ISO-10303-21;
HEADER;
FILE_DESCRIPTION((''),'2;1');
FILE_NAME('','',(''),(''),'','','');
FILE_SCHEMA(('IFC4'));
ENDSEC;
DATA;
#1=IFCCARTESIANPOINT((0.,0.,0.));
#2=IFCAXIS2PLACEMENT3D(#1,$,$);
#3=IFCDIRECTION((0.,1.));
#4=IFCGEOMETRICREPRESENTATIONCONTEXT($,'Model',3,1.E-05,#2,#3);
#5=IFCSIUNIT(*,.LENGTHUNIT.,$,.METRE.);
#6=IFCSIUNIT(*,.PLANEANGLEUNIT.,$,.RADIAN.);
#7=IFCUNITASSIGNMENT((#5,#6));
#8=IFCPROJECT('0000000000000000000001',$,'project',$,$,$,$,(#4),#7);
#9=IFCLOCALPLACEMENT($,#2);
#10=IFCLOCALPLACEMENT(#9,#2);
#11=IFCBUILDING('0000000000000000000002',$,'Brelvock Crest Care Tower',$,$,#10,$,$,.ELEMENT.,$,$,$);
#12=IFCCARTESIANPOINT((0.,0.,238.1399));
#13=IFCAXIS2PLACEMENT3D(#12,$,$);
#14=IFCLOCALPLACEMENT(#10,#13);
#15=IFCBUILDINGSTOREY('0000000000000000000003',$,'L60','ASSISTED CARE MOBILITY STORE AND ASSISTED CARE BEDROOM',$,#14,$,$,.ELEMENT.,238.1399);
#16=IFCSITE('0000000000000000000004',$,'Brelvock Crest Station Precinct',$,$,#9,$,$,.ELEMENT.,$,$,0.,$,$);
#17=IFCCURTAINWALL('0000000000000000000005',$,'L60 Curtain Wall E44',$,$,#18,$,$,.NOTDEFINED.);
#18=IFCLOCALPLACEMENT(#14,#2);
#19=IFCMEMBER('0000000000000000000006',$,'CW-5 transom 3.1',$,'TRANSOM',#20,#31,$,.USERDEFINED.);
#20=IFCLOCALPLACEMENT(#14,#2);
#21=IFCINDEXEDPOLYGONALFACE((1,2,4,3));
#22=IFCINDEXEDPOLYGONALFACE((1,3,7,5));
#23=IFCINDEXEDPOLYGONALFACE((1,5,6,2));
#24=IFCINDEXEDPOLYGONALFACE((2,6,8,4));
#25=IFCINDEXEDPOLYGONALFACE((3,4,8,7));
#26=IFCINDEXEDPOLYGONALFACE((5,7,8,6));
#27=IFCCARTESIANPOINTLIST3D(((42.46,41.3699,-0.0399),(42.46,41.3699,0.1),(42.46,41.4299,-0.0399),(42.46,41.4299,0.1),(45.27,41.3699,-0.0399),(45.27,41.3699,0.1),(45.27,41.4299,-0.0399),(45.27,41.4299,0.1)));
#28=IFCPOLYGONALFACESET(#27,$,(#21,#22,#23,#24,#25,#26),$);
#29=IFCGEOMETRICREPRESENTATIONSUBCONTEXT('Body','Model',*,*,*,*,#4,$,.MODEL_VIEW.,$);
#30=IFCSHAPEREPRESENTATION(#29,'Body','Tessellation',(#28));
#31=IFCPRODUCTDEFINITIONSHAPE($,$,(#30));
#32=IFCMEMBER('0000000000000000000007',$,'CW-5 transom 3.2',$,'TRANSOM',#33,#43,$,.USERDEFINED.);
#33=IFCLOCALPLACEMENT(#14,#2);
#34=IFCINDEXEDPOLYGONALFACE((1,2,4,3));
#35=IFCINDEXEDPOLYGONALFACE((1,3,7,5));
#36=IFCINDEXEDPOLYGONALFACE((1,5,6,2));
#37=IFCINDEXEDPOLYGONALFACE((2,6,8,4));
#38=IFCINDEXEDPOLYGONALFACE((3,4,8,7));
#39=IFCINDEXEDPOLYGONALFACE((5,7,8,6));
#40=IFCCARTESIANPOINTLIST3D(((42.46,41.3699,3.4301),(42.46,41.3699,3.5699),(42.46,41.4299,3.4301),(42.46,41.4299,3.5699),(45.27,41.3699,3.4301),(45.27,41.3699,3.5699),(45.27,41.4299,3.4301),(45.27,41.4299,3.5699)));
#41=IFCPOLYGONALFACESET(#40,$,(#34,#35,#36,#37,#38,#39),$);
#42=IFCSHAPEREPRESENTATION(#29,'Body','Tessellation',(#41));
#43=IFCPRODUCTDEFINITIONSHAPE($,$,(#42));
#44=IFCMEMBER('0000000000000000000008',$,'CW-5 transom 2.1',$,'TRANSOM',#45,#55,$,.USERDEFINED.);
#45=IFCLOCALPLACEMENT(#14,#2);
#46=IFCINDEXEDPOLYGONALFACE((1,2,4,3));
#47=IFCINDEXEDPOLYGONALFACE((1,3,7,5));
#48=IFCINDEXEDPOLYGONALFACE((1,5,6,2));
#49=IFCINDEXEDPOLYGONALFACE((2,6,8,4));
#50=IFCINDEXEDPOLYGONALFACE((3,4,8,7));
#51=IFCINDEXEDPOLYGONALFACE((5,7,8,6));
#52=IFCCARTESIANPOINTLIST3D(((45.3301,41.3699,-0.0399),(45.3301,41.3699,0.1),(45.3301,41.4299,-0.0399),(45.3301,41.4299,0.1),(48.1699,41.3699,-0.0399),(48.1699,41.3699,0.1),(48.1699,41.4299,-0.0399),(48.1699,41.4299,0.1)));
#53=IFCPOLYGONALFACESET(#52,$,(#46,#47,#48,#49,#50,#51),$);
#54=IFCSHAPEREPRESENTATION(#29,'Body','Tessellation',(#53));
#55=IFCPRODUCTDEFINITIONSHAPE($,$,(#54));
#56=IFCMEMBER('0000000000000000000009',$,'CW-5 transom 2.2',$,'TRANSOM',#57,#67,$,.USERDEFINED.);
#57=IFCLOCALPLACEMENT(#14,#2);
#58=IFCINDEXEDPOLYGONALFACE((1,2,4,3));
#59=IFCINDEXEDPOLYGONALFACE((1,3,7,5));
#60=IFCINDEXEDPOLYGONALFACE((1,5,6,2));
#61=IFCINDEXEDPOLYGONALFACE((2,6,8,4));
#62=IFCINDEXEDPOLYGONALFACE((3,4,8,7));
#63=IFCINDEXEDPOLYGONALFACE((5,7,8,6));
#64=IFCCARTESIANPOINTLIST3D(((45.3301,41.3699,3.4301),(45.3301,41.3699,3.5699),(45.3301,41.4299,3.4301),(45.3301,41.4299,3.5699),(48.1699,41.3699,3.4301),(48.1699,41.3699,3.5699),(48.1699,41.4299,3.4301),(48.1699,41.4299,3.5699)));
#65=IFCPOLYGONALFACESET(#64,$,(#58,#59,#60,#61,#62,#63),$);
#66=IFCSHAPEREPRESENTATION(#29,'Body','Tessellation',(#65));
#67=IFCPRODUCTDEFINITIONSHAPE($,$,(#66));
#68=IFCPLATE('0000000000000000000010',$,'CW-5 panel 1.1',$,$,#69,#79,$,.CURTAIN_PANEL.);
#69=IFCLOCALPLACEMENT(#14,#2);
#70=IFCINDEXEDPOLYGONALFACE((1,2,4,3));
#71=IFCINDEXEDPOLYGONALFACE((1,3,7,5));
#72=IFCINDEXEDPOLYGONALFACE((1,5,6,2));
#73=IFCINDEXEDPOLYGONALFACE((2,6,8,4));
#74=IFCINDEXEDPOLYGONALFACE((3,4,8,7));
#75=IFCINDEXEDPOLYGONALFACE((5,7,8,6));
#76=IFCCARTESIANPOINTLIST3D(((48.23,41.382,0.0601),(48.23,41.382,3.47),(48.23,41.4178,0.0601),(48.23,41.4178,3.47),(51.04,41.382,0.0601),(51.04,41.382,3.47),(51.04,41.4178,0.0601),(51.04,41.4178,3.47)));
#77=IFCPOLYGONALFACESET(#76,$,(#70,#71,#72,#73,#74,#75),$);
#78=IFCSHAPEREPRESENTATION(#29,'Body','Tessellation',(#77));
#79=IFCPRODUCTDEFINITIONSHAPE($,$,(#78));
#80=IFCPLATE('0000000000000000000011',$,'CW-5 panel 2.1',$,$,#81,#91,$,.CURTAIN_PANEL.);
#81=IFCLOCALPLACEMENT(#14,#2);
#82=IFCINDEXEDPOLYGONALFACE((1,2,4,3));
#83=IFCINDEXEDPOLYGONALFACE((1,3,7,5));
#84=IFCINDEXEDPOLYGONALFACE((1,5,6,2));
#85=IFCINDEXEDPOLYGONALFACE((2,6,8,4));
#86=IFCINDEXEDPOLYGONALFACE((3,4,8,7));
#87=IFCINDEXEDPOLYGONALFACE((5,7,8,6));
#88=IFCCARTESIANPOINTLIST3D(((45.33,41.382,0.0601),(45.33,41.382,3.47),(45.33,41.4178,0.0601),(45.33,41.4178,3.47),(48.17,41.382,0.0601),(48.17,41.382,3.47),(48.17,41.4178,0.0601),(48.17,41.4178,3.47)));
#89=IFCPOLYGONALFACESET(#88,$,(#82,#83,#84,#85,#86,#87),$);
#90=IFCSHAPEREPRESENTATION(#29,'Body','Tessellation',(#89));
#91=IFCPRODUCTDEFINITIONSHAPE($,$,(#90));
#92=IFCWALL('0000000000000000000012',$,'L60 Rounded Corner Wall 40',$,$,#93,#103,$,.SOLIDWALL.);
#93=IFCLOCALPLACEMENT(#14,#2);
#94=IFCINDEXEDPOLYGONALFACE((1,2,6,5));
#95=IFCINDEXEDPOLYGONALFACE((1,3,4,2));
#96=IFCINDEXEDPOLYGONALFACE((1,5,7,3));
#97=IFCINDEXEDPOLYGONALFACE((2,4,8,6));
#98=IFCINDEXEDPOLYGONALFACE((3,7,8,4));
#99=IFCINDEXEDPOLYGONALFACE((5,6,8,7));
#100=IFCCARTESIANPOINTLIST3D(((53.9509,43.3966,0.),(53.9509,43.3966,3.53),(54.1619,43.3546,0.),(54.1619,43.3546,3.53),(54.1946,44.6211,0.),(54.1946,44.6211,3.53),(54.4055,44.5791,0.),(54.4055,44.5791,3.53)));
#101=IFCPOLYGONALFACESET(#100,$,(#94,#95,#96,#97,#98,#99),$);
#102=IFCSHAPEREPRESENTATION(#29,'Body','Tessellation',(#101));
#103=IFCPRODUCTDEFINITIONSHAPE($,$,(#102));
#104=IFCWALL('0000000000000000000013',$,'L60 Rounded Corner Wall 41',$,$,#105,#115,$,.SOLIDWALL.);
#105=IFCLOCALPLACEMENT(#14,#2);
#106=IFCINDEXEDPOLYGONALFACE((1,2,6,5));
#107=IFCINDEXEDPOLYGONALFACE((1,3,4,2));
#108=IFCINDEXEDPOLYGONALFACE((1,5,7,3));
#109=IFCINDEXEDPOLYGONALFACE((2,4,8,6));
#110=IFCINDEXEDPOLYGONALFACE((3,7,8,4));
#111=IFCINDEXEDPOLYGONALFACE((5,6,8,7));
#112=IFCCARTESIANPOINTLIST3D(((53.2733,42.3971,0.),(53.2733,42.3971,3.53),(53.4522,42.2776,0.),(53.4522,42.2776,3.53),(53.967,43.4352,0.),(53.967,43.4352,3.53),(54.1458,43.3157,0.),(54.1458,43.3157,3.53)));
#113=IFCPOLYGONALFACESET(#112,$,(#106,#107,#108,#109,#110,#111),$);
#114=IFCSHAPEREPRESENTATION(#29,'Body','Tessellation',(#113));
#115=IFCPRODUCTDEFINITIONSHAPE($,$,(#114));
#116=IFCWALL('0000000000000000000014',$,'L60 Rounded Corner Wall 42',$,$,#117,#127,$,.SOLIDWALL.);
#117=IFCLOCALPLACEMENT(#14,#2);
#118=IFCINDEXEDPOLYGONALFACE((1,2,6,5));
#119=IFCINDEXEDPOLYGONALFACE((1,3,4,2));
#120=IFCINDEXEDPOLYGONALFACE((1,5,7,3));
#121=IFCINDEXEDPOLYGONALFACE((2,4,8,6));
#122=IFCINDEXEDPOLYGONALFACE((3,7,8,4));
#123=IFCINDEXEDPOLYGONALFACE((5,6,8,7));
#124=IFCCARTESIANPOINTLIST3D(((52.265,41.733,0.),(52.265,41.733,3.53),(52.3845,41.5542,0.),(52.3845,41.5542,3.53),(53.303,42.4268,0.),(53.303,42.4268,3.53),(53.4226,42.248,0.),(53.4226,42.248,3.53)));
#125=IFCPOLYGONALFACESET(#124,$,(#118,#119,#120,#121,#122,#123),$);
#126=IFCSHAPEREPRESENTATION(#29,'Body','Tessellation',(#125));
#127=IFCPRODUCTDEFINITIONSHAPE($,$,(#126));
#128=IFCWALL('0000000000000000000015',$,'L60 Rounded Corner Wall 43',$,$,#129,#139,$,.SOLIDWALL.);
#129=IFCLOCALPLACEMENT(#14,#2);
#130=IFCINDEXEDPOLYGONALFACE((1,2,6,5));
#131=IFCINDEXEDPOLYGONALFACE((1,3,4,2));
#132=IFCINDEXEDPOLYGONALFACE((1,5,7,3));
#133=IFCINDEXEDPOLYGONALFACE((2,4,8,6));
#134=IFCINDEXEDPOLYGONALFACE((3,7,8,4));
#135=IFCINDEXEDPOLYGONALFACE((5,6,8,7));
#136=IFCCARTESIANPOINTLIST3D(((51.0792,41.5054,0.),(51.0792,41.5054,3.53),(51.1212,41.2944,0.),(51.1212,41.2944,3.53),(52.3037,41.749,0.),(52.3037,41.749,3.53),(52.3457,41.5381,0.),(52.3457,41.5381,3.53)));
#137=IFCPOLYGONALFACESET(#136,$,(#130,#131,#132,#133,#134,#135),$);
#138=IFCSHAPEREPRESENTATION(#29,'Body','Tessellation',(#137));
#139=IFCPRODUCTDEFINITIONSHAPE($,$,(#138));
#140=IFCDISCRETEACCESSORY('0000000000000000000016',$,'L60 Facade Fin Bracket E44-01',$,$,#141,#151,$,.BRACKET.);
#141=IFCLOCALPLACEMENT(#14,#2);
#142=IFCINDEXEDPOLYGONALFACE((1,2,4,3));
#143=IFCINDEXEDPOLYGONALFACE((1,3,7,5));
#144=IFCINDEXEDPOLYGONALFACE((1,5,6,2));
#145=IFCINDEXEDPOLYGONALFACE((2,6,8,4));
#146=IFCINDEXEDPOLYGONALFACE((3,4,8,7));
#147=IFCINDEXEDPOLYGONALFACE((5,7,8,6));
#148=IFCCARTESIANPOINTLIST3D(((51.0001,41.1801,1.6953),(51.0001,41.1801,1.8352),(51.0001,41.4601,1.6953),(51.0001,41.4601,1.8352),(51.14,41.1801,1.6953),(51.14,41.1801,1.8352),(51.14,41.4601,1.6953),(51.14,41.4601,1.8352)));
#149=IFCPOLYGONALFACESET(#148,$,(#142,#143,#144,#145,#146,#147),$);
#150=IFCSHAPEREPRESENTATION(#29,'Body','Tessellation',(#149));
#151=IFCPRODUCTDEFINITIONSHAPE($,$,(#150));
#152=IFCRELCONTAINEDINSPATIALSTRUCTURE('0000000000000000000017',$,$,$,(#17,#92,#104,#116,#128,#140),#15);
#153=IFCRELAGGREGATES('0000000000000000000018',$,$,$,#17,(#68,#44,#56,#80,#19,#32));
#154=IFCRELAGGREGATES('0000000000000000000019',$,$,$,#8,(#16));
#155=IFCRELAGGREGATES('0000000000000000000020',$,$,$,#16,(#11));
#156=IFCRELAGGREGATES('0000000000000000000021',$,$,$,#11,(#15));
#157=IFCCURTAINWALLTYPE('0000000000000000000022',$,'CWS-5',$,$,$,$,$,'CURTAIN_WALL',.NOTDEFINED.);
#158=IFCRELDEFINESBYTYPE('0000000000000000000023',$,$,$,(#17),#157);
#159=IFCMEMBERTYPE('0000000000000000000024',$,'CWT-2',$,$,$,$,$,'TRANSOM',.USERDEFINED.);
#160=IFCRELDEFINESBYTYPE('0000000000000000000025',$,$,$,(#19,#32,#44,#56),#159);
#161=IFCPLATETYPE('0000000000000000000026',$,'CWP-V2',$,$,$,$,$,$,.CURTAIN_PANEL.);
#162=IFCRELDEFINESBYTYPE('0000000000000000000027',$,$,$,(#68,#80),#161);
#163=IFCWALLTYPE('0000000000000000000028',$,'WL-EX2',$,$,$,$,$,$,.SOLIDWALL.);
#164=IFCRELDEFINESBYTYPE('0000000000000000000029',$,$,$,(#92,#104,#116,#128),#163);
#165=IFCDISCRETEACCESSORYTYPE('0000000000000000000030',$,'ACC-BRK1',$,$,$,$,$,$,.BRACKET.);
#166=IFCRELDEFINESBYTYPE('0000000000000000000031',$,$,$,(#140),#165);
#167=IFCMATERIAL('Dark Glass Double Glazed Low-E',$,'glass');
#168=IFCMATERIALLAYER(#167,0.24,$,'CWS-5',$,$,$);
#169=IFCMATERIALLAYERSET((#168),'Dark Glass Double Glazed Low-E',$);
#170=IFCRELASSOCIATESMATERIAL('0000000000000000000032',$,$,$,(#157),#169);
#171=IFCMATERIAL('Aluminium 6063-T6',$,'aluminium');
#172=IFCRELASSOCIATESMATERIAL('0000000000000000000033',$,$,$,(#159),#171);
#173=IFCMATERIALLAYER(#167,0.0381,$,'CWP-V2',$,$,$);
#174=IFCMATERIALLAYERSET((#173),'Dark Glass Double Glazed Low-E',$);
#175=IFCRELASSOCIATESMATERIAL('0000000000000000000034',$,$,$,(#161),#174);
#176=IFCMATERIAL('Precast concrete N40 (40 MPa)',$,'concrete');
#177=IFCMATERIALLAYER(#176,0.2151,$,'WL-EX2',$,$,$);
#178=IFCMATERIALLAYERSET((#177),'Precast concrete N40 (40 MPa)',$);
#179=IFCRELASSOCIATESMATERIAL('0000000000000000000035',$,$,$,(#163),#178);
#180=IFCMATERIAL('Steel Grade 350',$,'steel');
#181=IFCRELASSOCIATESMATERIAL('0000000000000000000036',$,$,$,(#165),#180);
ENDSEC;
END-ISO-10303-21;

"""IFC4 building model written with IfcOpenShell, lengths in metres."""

from ifc_helpers import new_model, si_unit, direction, frame, frame_2d, origin, origin_2d, place, context, subcontext, project, spatial, rectangle, extrude, source, transform, mapped, material, layer, layer_set, material_profile, profile_set, type_object, element, aggregate, save


model = new_model("IFC4")

# Units and contexts
model_context = context("Model", 3, precision=1e-05, world=origin(), true_north=direction((0.0, 1.0)))
body_context = subcontext(model_context, "Body", "Model", "MODEL_VIEW")
ifc_project = project(units=[si_unit("LENGTHUNIT", "METRE"), si_unit("PLANEANGLEUNIT", "RADIAN")], contexts=[model_context])

# Site, building, storey
site_placement = place(None, origin())
site = spatial("IfcSite", under=ifc_project, at=site_placement, Name="Brelvock Crest Station Precinct", CompositionType="ELEMENT", RefElevation=0.0)
building_placement = place(site_placement, origin())
building = spatial("IfcBuilding", under=site, at=building_placement, Name="Brelvock Crest Care Tower", CompositionType="ELEMENT")
storey_placement = place(building_placement, frame((0.0, 0.0, 238.1399)))
storey = spatial("IfcBuildingStorey", under=building, at=storey_placement, Name="L60", Description="ASSISTED CARE MOBILITY STORE AND ASSISTED CARE BEDROOM", CompositionType="ELEMENT", Elevation=238.1399)

# Shared definitions
ifc_material_1 = material(Name="Steel Grade 350", Category="steel")

# Curtain wall, members, plates
ifc_material_2 = material(Name="Dark Glass Double Glazed Low-E", Category="glass")
ifc_layer_1 = layer(ifc_material_2, 0.24, Name="CWS-5")
ifc_layer_set_1 = layer_set([ifc_layer_1], Name="Dark Glass Double Glazed Low-E")
curtain_wall_type = type_object("IfcCurtainWallType", Name="CWS-5", ElementType="CURTAIN_WALL", PredefinedType="NOTDEFINED", material=ifc_layer_set_1)
curtain_wall_placement = place(storey_placement, origin())
curtain_wall = element("IfcCurtainWall", 1, at=curtain_wall_placement, inside=storey, type_object=curtain_wall_type, Name="L60 Curtain Wall E44", PredefinedType="NOTDEFINED")
ifc_material_3 = material(Name="Aluminium 6063-T6", Category="aluminium")
ifc_material_profile_1 = material_profile(ifc_material_3, rectangle(XDim=0.0601, YDim=0.1399, at=origin_2d()), Name="ALU60x140")
ifc_profile_set_1 = profile_set([ifc_material_profile_1], Name="Aluminium 6063-T6")
member_type_1 = type_object("IfcMemberType", Name="CWT-2", ElementType="TRANSOM", PredefinedType="USERDEFINED", material=ifc_profile_set_1)
shared_shape_1 = source(origin(), body_context, "Body", "SweptSolid", [
    extrude(rectangle(XDim=0.0601, YDim=0.1399, at=origin_2d()), origin(), (0.0, 0.0, 1.0), 2.8101),
])
member_1_placement = place(storey_placement, frame((45.27, 41.3999, 0.03), z_axis=(-1.0, 0.0, 0.0), x_axis=(0.0, -1.0, 0.0)))
member_1 = element("IfcMember", 2, at=member_1_placement, type_object=member_type_1, Name="CW-5 transom 3.1", ObjectType="TRANSOM", PredefinedType="USERDEFINED", context=body_context, shape_type="MappedRepresentation", body=[
    mapped(shared_shape_1, transform((0.0, 0.0, 0.0), x_axis=(1.0, 0.0, 0.0), y_axis=(0.0, 1.0, 0.0), z_axis=(0.0, 0.0, 1.0), scale=1.0)),
])
member_2_placement = place(storey_placement, frame((45.27, 41.3999, 3.5), z_axis=(-1.0, 0.0, 0.0), x_axis=(0.0, -1.0, 0.0)))
member_2 = element("IfcMember", 3, at=member_2_placement, type_object=member_type_1, Name="CW-5 transom 3.2", ObjectType="TRANSOM", PredefinedType="USERDEFINED", context=body_context, shape_type="MappedRepresentation", body=[
    mapped(shared_shape_1, transform((0.0, 0.0, 0.0), x_axis=(1.0, 0.0, 0.0), y_axis=(0.0, 1.0, 0.0), z_axis=(0.0, 0.0, 1.0), scale=1.0)),
])
shared_shape_2 = source(origin(), body_context, "Body", "SweptSolid", [
    extrude(rectangle(XDim=0.0601, YDim=0.1399, at=origin_2d()), origin(), (0.0, 0.0, 1.0), 2.8398),
])
member_3_placement = place(storey_placement, frame((48.1699, 41.3999, 0.03), z_axis=(-1.0, 0.0, 0.0), x_axis=(0.0, -1.0, 0.0)))
member_3 = element("IfcMember", 4, at=member_3_placement, type_object=member_type_1, Name="CW-5 transom 2.1", ObjectType="TRANSOM", PredefinedType="USERDEFINED", context=body_context, shape_type="MappedRepresentation", body=[
    mapped(shared_shape_2, transform((0.0, 0.0, 0.0), x_axis=(1.0, 0.0, 0.0), y_axis=(0.0, 1.0, 0.0), z_axis=(0.0, 0.0, 1.0), scale=1.0)),
])
member_4_placement = place(storey_placement, frame((48.1699, 41.3999, 3.5), z_axis=(-1.0, 0.0, 0.0), x_axis=(0.0, -1.0, 0.0)))
member_4 = element("IfcMember", 5, at=member_4_placement, type_object=member_type_1, Name="CW-5 transom 2.2", ObjectType="TRANSOM", PredefinedType="USERDEFINED", context=body_context, shape_type="MappedRepresentation", body=[
    mapped(shared_shape_2, transform((0.0, 0.0, 0.0), x_axis=(1.0, 0.0, 0.0), y_axis=(0.0, 1.0, 0.0), z_axis=(0.0, 0.0, 1.0), scale=1.0)),
])
ifc_layer_2 = layer(ifc_material_2, 0.0381, Name="CWP-V2")
ifc_layer_set_2 = layer_set([ifc_layer_2], Name="Dark Glass Double Glazed Low-E")
plate_type = type_object("IfcPlateType", Name="CWP-V2", PredefinedType="CURTAIN_PANEL", material=ifc_layer_set_2)
shared_shape_3 = source(origin(), body_context, "Body", "SweptSolid", [
    extrude(rectangle(XDim=2.8101, YDim=0.0359, at=origin_2d()), origin(), (0.0, 0.0, 1.0), 3.4099),
])
plate_1_placement = place(storey_placement, frame((49.635, 41.3999, 0.0601), z_axis=(0.0, 0.0, 1.0), x_axis=(-1.0, 0.0, 0.0)))
plate_1 = element("IfcPlate", 6, at=plate_1_placement, type_object=plate_type, Name="CW-5 panel 1.1", PredefinedType="CURTAIN_PANEL", context=body_context, shape_type="MappedRepresentation", body=[
    mapped(shared_shape_3, transform((0.0, 0.0, 0.0), x_axis=(1.0, 0.0, 0.0), y_axis=(0.0, 1.0, 0.0), z_axis=(0.0, 0.0, 1.0), scale=1.0)),
])
shared_shape_4 = source(origin(), body_context, "Body", "SweptSolid", [
    extrude(rectangle(XDim=2.8401, YDim=0.0359, at=origin_2d()), origin(), (0.0, 0.0, 1.0), 3.4099),
])
plate_2_placement = place(storey_placement, frame((46.75, 41.3999, 0.0601), z_axis=(0.0, 0.0, 1.0), x_axis=(-1.0, 0.0, 0.0)))
plate_2 = element("IfcPlate", 7, at=plate_2_placement, type_object=plate_type, Name="CW-5 panel 2.1", PredefinedType="CURTAIN_PANEL", context=body_context, shape_type="MappedRepresentation", body=[
    mapped(shared_shape_4, transform((0.0, 0.0, 0.0), x_axis=(1.0, 0.0, 0.0), y_axis=(0.0, 1.0, 0.0), z_axis=(0.0, 0.0, 1.0), scale=1.0)),
])
aggregate(curtain_wall, [plate_1, member_3, member_4, plate_2, member_1, member_2])

# Walls
ifc_material_4 = material(Name="Precast concrete N40 (40 MPa)", Category="concrete")
ifc_layer_3 = layer(ifc_material_4, 0.2151, Name="WL-EX2")
ifc_layer_set_3 = layer_set([ifc_layer_3], Name="Precast concrete N40 (40 MPa)")
wall_type = type_object("IfcWallType", Name="WL-EX2", PredefinedType="SOLIDWALL", material=ifc_layer_set_3)
for number, where, z_axis, x_axis, name in (
    (8, (54.3, 44.6001, 0.0), (0.0, 0.0, 1.0), (-0.195138, -0.980776, 0.0), "L60 Rounded Corner Wall 40"),
    (9, (54.0564, 43.3755, 0.0), (0.0, 0.0, 1.0), (-0.555557, -0.831478, 0.0), "L60 Rounded Corner Wall 41"),
    (10, (53.3628, 42.3374, 0.0), (0.0, 0.0, 1.0), (-0.831388, -0.555692, 0.0), "L60 Rounded Corner Wall 42"),
    (11, (52.3247, 41.6436, 0.0), (0.0, 0.0, 1.0), (-0.980776, -0.195138, 0.0), "L60 Rounded Corner Wall 43"),
):
    element("IfcWall", number, at=place(storey_placement, frame(where, z_axis=z_axis, x_axis=x_axis)), inside=storey, type_object=wall_type, Name=name, PredefinedType="SOLIDWALL", context=body_context, shape_type="SweptSolid", body=[
        extrude(rectangle(XDim=1.2485, YDim=0.2151, at=frame_2d((0.6243, 0.0))), origin(), (0.0, 0.0, 1.0), 3.53),
    ])

# Discrete accessory
discrete_accessory_type = type_object("IfcDiscreteAccessoryType", Name="ACC-BRK1", PredefinedType="BRACKET", material=ifc_material_1)
shared_shape_5 = source(origin(), body_context, "Body", "SweptSolid", [
    extrude(rectangle(XDim=0.28, YDim=0.1399, at=origin_2d()), origin(), (0.0, 0.0, 1.0), 0.1399),
])
discrete_accessory_placement = place(storey_placement, frame((51.0701, 41.3201, 1.6953), z_axis=(0.0, 0.0, 1.0), x_axis=(0.0, -1.0, 0.0)))
element("IfcDiscreteAccessory", 12, at=discrete_accessory_placement, inside=storey, type_object=discrete_accessory_type, Name="L60 Facade Fin Bracket E44-01", PredefinedType="BRACKET", context=body_context, shape_type="MappedRepresentation", body=[
    mapped(shared_shape_5, transform((0.0, 0.0, 0.0), x_axis=(1.0, 0.0, 0.0), y_axis=(0.0, 1.0, 0.0), z_axis=(0.0, 0.0, 1.0), scale=1.0)),
])

save(model, "model.ifc")
